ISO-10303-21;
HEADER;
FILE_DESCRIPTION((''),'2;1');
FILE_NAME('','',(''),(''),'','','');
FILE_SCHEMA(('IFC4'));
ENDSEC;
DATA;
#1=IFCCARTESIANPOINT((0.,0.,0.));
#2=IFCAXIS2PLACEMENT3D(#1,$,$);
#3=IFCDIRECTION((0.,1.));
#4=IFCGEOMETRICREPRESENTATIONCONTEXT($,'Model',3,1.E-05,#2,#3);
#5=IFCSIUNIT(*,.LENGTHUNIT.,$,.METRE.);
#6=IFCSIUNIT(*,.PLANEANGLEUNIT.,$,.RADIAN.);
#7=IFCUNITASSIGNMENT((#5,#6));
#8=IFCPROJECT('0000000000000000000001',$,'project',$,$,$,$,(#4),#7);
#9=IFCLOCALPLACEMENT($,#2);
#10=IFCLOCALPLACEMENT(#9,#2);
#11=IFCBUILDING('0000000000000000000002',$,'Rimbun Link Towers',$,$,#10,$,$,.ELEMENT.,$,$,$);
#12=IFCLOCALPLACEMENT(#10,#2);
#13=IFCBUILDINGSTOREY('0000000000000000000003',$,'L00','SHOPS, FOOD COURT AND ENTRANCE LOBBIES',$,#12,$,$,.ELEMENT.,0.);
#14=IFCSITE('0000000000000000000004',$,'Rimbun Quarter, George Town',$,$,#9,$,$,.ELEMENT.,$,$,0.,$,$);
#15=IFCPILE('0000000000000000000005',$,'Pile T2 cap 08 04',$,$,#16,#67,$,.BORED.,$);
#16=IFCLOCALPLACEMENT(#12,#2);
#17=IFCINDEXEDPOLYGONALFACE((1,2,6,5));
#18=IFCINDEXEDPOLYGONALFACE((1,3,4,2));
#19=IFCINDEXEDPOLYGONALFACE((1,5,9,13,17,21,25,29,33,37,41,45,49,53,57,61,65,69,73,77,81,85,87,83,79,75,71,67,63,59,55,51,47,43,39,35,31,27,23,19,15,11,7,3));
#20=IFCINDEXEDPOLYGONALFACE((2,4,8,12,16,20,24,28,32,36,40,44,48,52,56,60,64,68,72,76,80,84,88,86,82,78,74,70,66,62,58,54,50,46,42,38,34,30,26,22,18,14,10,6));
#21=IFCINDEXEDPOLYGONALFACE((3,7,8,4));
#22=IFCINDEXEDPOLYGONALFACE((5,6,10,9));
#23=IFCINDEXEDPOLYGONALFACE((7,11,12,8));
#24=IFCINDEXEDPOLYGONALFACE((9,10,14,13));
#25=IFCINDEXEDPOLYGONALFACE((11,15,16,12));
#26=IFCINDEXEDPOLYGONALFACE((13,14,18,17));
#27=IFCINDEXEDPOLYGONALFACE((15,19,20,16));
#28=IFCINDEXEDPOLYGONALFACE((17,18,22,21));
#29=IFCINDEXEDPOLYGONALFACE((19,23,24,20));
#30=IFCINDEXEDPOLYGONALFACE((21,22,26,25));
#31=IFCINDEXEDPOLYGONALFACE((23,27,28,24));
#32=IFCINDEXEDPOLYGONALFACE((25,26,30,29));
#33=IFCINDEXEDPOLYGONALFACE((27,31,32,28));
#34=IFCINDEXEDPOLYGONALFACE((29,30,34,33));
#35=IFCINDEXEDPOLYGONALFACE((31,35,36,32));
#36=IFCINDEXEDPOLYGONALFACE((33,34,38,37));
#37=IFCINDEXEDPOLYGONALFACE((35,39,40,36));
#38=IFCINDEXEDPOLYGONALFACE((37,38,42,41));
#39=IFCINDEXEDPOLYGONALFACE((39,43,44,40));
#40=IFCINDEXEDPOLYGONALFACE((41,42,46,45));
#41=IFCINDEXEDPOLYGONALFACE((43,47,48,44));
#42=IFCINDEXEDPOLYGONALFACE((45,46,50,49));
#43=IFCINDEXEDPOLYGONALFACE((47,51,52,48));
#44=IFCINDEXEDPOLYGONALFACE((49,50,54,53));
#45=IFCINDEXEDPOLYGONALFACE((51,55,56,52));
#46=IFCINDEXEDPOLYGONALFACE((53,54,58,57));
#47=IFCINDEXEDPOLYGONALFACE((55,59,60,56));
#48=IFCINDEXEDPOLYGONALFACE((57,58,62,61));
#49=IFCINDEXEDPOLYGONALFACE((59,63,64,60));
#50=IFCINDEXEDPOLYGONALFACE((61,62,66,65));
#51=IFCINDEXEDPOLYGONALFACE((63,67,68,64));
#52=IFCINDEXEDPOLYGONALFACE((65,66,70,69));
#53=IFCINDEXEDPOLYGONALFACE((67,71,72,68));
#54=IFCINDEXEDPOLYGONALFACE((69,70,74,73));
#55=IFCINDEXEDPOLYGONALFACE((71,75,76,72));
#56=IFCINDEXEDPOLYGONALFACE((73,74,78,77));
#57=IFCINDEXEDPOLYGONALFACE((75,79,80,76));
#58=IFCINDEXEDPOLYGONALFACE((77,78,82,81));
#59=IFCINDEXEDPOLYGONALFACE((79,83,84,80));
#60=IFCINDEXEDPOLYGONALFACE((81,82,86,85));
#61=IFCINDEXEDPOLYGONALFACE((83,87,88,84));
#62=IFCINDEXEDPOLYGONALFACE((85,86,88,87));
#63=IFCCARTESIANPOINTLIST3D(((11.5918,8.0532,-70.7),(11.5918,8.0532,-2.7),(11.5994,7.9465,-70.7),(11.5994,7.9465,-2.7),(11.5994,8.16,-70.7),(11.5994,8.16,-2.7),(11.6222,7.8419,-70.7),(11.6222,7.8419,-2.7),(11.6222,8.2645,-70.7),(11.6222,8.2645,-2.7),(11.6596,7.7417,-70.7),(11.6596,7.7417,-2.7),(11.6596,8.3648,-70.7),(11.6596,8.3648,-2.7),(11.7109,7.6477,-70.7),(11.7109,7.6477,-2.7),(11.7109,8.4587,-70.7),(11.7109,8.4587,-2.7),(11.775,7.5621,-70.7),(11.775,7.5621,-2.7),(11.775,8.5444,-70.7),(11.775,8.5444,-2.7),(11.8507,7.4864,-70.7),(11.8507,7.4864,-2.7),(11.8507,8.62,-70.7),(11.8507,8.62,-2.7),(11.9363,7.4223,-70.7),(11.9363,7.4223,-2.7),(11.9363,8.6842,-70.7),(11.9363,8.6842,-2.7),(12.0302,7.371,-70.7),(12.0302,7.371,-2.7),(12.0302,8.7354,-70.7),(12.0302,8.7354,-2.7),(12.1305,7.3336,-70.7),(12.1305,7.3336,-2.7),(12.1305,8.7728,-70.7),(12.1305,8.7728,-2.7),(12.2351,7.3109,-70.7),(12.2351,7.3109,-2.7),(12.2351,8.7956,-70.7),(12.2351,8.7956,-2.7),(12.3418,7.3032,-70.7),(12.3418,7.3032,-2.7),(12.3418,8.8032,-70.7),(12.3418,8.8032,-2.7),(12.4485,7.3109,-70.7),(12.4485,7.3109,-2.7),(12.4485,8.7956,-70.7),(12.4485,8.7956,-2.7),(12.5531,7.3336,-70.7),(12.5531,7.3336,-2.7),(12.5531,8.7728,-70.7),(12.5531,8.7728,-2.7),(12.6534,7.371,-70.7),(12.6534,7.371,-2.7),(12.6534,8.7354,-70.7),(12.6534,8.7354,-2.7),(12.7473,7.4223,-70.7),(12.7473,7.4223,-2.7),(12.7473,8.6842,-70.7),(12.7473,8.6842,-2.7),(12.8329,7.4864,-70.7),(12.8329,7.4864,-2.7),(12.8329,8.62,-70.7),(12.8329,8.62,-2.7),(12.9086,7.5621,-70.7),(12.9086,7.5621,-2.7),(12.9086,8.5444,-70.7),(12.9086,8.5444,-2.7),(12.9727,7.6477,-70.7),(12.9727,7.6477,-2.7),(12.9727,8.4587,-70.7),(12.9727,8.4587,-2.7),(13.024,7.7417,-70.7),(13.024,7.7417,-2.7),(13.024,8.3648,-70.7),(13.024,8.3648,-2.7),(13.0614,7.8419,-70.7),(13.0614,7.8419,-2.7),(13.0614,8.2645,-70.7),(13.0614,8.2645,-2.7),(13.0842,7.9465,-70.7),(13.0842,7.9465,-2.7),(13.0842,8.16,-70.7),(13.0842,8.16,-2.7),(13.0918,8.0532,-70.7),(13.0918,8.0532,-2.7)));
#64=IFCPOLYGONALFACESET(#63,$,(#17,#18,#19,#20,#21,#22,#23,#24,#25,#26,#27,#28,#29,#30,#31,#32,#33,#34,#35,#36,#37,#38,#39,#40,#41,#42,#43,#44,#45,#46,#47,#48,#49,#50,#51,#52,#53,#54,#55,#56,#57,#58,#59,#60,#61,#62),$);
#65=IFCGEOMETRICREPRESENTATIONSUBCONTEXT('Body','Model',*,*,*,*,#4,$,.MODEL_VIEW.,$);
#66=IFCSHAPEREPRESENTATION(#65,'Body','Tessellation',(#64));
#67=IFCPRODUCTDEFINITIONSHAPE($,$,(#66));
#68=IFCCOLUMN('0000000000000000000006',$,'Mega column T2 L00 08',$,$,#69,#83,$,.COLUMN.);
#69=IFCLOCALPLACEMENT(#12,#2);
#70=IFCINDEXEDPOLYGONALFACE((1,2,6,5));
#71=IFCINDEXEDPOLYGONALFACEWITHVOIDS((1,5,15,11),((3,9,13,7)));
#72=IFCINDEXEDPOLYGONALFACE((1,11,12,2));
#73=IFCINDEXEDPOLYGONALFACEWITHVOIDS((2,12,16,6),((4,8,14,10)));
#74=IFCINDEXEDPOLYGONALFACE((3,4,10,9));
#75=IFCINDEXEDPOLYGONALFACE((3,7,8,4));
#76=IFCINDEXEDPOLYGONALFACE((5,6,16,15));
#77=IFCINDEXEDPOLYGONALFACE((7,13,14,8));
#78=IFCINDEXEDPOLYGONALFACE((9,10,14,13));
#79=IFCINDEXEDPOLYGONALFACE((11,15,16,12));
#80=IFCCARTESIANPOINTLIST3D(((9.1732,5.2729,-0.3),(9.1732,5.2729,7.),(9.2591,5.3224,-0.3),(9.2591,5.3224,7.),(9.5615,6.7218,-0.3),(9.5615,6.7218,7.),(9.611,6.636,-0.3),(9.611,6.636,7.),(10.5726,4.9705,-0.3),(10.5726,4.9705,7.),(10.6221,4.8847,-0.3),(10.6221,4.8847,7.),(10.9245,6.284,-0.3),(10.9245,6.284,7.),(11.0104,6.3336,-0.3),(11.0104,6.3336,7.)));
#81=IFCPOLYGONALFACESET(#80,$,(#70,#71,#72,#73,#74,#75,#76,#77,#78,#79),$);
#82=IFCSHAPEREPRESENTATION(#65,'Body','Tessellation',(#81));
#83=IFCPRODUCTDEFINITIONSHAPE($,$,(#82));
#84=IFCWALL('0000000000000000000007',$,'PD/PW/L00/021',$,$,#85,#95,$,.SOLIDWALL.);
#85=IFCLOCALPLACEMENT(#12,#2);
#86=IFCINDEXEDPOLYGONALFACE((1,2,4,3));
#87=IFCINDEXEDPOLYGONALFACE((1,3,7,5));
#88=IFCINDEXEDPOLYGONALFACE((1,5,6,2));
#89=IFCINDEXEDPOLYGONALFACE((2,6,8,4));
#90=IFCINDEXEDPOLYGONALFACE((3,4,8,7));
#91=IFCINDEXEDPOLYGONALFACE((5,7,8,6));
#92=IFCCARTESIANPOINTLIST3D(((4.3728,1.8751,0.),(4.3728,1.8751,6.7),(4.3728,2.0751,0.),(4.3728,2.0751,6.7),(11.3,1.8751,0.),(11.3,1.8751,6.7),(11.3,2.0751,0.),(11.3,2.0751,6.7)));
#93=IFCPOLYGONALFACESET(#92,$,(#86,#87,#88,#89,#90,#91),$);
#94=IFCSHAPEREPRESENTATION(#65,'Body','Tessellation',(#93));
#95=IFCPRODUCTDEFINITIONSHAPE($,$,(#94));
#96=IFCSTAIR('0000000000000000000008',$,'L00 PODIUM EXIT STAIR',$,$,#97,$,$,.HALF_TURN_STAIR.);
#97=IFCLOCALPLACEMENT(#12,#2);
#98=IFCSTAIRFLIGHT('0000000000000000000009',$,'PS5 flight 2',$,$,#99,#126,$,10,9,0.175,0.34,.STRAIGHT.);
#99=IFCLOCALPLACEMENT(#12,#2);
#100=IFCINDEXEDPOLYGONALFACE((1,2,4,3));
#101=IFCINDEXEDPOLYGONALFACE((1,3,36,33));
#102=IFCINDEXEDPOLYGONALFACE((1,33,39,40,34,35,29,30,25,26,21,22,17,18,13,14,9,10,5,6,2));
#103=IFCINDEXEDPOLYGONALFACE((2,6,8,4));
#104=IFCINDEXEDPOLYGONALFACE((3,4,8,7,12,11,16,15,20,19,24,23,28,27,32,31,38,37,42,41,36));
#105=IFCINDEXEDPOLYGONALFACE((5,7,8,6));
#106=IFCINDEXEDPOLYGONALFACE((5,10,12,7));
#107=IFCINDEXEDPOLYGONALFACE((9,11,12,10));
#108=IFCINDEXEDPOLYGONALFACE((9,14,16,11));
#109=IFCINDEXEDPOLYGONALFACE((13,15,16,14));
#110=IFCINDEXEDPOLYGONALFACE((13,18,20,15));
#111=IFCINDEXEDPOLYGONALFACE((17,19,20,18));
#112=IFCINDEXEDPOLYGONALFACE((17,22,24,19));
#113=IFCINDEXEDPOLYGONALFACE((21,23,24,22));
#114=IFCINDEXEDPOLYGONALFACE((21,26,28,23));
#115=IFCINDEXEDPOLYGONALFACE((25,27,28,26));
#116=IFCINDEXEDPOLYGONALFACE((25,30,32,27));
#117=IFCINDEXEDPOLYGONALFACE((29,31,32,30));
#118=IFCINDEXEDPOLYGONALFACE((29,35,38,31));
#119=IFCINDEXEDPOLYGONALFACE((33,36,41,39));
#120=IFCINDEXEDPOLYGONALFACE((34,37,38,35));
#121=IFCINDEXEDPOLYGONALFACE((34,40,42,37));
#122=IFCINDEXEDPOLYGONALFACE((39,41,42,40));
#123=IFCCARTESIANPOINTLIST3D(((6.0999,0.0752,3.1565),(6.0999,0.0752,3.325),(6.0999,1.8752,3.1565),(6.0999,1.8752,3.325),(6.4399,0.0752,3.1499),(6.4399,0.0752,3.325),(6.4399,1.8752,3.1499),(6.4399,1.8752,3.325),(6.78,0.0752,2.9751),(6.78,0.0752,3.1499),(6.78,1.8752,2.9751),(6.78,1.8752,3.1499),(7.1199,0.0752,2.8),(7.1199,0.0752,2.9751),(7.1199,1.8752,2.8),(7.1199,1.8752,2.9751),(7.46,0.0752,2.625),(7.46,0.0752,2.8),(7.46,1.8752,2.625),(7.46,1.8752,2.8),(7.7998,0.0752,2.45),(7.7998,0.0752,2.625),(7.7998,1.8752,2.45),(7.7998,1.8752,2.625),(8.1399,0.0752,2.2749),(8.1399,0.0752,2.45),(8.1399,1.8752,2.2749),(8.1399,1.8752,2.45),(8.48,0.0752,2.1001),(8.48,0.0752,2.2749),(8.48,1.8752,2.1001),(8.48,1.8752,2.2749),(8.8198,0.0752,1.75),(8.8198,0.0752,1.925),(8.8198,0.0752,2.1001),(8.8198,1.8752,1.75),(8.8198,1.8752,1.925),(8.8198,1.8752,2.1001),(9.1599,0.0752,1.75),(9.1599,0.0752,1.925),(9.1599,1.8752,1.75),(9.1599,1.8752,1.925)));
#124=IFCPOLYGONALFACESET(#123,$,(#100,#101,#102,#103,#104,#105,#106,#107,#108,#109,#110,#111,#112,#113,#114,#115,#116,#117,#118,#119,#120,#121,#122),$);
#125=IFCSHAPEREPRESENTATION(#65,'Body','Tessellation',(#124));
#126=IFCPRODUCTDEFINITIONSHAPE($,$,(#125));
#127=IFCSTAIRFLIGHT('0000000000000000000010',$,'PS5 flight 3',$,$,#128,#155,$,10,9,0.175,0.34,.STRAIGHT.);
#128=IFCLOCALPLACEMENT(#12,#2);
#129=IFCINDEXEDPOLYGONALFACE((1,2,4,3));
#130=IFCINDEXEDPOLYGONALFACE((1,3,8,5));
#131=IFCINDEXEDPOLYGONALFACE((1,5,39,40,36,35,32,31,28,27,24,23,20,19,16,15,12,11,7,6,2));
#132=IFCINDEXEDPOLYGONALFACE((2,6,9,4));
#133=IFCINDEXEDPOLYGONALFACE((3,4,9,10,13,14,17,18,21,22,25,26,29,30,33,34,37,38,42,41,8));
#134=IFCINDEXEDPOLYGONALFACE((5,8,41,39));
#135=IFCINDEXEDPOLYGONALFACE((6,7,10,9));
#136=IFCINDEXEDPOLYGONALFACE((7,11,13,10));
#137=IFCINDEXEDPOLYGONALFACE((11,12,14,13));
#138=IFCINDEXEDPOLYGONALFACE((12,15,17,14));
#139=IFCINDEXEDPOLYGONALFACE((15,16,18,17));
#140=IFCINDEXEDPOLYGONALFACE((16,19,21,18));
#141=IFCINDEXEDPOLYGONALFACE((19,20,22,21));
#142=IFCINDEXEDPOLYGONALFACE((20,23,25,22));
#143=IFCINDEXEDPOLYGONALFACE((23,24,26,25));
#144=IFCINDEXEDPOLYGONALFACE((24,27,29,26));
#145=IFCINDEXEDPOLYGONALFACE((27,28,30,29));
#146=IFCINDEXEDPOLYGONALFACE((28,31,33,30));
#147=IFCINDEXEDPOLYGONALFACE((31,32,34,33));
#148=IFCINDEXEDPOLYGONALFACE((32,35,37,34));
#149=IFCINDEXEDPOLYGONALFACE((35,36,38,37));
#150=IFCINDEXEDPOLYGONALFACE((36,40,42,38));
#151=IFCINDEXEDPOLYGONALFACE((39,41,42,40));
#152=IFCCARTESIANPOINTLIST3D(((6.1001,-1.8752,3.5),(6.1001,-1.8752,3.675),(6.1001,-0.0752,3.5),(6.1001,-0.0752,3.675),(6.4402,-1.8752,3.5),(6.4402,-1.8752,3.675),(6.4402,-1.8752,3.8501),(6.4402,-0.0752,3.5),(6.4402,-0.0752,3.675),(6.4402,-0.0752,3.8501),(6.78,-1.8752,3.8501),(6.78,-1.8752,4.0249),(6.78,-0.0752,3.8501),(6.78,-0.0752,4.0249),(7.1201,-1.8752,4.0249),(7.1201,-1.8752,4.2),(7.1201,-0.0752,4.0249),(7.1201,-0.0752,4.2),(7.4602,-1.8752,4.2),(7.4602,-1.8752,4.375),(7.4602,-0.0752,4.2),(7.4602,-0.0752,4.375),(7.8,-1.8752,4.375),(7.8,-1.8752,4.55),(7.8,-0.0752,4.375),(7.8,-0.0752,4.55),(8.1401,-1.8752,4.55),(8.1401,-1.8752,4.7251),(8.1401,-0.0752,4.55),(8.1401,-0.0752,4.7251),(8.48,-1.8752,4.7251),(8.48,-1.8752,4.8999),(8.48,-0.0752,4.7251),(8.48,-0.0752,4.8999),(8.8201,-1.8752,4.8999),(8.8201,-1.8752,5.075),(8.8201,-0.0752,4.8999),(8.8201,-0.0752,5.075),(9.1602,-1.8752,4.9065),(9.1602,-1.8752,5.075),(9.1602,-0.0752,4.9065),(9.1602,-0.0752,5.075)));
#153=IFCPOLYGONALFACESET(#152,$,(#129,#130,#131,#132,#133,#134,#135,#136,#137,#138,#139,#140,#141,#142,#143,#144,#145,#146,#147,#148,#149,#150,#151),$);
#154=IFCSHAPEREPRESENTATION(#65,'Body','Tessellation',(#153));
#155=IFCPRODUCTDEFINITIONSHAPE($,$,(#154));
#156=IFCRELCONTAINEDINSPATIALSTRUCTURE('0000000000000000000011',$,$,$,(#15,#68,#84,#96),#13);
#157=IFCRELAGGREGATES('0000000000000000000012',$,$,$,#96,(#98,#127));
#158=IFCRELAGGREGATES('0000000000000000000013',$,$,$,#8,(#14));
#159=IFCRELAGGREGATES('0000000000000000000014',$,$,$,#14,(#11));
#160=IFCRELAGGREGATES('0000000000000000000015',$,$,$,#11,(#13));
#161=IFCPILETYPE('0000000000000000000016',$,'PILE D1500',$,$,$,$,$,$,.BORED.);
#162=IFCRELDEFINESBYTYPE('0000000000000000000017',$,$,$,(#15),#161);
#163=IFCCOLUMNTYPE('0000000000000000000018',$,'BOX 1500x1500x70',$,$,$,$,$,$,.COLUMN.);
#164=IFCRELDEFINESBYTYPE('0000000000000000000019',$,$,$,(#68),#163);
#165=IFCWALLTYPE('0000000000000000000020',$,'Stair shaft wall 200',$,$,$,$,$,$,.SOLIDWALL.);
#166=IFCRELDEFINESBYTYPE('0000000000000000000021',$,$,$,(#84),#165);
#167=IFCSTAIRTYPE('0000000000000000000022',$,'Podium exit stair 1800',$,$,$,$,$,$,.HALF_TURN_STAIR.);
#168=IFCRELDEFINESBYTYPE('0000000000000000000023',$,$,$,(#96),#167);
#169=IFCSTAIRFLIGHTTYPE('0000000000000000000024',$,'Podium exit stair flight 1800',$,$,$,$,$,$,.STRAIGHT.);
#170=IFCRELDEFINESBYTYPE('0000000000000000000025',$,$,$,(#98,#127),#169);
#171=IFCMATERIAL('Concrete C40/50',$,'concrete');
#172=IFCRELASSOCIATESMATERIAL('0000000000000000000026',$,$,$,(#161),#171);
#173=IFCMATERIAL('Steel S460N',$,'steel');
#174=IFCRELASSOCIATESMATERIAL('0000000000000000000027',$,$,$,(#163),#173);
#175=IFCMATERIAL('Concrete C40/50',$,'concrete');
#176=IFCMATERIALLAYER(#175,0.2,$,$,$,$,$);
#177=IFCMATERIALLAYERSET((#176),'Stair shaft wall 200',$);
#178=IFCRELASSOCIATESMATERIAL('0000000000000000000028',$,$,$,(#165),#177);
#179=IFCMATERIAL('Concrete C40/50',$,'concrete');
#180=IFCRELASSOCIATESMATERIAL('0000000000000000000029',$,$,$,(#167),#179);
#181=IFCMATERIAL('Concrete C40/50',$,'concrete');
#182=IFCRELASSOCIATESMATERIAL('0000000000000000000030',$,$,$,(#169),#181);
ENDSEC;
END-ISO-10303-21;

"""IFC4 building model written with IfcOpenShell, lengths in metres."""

from ifc_helpers import new_model, si_unit, direction, frame, frame_2d, origin, origin_2d, place, context, subcontext, project, spatial, polyline, rectangle, hollow_rectangle, circle, outline, extrude, material, layer, layer_set, material_profile, profile_set, type_object, element, aggregate, save


model = new_model("IFC4")

# Units and contexts
model_context = context("Model", 3, precision=1e-05, world=origin(), true_north=direction((0.0, 1.0)))
body_context = subcontext(model_context, "Body", "Model", "MODEL_VIEW")
ifc_project = project(units=[si_unit("LENGTHUNIT", "METRE"), si_unit("PLANEANGLEUNIT", "RADIAN")], contexts=[model_context])

# Site, building, storey
site_placement = place(None, origin())
site = spatial("IfcSite", under=ifc_project, at=site_placement, Name="Rimbun Quarter, George Town", CompositionType="ELEMENT", RefElevation=0.0)
building_placement = place(site_placement, origin())
building = spatial("IfcBuilding", under=site, at=building_placement, Name="Rimbun Link Towers", CompositionType="ELEMENT")
storey_placement = place(building_placement, origin())
storey = spatial("IfcBuildingStorey", under=building, at=storey_placement, Name="L00", Description="SHOPS, FOOD COURT AND ENTRANCE LOBBIES", CompositionType="ELEMENT", Elevation=0.0)

# Pile
ifc_material_1 = material(Name="Concrete C40/50", Category="concrete")
ifc_material_profile_1 = material_profile(ifc_material_1, circle(Radius=0.75, at=origin_2d()), Name="PILE D1500")
ifc_profile_set_1 = profile_set([ifc_material_profile_1], Name="Concrete C40/50")
pile_type = type_object("IfcPileType", Name="PILE D1500", PredefinedType="BORED", material=ifc_profile_set_1)
for number, where, z_axis, x_axis, name in (
    (1, (12.3418, 8.0532, -2.7), (0.0, 0.0, -1.0), (1.0, 0.0, 0.0), "Pile T2 cap 08 04"),
):
    element("IfcPile", number, at=place(storey_placement, frame(where, z_axis=z_axis, x_axis=x_axis)), inside=storey, type_object=pile_type, Name=name, PredefinedType="BORED", context=body_context, shape_type="SweptSolid", body=[
        extrude(circle(Radius=0.75, at=origin_2d()), origin(), (0.0, 0.0, 1.0), 68.0),
    ])

# Column
ifc_material_2 = material(Name="Steel S460N", Category="steel")
ifc_material_profile_2 = material_profile(ifc_material_2, hollow_rectangle(XDim=1.5, YDim=1.5, WallThickness=0.0701, at=origin_2d()), Name="BOX 1500x1500x70")
ifc_profile_set_2 = profile_set([ifc_material_profile_2], Name="Steel S460N")
column_type = type_object("IfcColumnType", Name="BOX 1500x1500x70", PredefinedType="COLUMN", material=ifc_profile_set_2)
column_placement = place(storey_placement, frame((10.0918, 5.8032, -0.3), z_axis=(0.0, 0.0, 1.0), x_axis=(-0.965926, 0.258819, 0.0)))
element("IfcColumn", 2, at=column_placement, inside=storey, type_object=column_type, Name="Mega column T2 L00 08", PredefinedType="COLUMN", context=body_context, shape_type="SweptSolid", body=[
    extrude(hollow_rectangle(XDim=1.5, YDim=1.5, WallThickness=0.0701, at=origin_2d()), origin(), (0.0, 0.0, 1.0), 7.3),
])

# Wall
ifc_material_3 = material(Name="Concrete C40/50", Category="concrete")
ifc_layer = layer(ifc_material_3, 0.2)
ifc_layer_set = layer_set([ifc_layer], Name="Stair shaft wall 200")
wall_type = type_object("IfcWallType", Name="Stair shaft wall 200", PredefinedType="SOLIDWALL", material=ifc_layer_set)
wall_placement = place(storey_placement, frame((11.3, 1.9751, 0.0), z_axis=(0.0, 0.0, 1.0), x_axis=(-1.0, 0.0, 0.0)))
element("IfcWall", 3, at=wall_placement, inside=storey, type_object=wall_type, Name="PD/PW/L00/021", PredefinedType="SOLIDWALL", context=body_context, shape_type="SweptSolid", body=[
    extrude(rectangle(XDim=6.9272, YDim=0.2, at=frame_2d((3.4636, 0.0))), origin(), (0.0, 0.0, 1.0), 6.7),
])

# Stair, stair flights
ifc_material_4 = material(Name="Concrete C40/50", Category="concrete")
stair_type = type_object("IfcStairType", Name="Podium exit stair 1800", PredefinedType="HALF_TURN_STAIR", material=ifc_material_4)
stair_placement = place(storey_placement, origin())
stair = element("IfcStair", 4, at=stair_placement, inside=storey, type_object=stair_type, Name="L00 PODIUM EXIT STAIR", PredefinedType="HALF_TURN_STAIR")
ifc_material_5 = material(Name="Concrete C40/50", Category="concrete")
stair_flight_type = type_object("IfcStairFlightType", Name="Podium exit stair flight 1800", PredefinedType="STRAIGHT", material=ifc_material_5)
stair_flight_1_placement = place(storey_placement, frame((9.1599, 0.9751, 1.75), z_axis=(0.0, 0.0, 1.0), x_axis=(-1.0, 0.0, 0.0)))
stair_flight_1 = element("IfcStairFlight", 5, at=stair_flight_1_placement, type_object=stair_flight_type, Name="PS5 flight 2", NumberOfRisers=10, NumberOfTreads=9, PredefinedType="STRAIGHT", RiserHeight=0.175, TreadLength=0.34, context=body_context, shape_type="SweptSolid", body=[
    extrude(outline(polyline([(0.0, 0.0), (0.0, 0.175), (0.3401, 0.175), (0.3401, 0.3501), (0.6799, 0.3501), (0.6799, 0.5249), (1.02, 0.5249), (1.02, 0.7), (1.3601, 0.7), (1.3601, 0.875), (1.7, 0.875), (1.7, 1.05), (2.04, 1.05), (2.04, 1.2251), (2.3799, 1.2251), (2.3799, 1.3999), (2.72, 1.3999), (2.72, 1.575), (3.0601, 1.575), (3.0601, 1.75), (3.0601, 1.4065), (0.3401, 0.0), (0.0, 0.0)])), frame((0.0, 0.8999, 0.0), z_axis=(0.0, -1.0, 0.0), x_axis=(1.0, 0.0, 0.0)), (0.0, 0.0, 1.0), 1.8),
])
stair_flight_2_placement = place(storey_placement, frame((6.1001, -0.9751, 3.5), z_axis=(0.0, 0.0, 1.0), x_axis=(1.0, 0.0, 0.0)))
stair_flight_2 = element("IfcStairFlight", 6, at=stair_flight_2_placement, type_object=stair_flight_type, Name="PS5 flight 3", NumberOfRisers=10, NumberOfTreads=9, PredefinedType="STRAIGHT", RiserHeight=0.175, TreadLength=0.34, context=body_context, shape_type="SweptSolid", body=[
    extrude(outline(polyline([(0.0, 0.0), (0.0, 0.175), (0.3401, 0.175), (0.3401, 0.3501), (0.6799, 0.3501), (0.6799, 0.5249), (1.02, 0.5249), (1.02, 0.7), (1.3601, 0.7), (1.3601, 0.875), (1.7, 0.875), (1.7, 1.05), (2.04, 1.05), (2.04, 1.2251), (2.3799, 1.2251), (2.3799, 1.3999), (2.72, 1.3999), (2.72, 1.575), (3.0601, 1.575), (3.0601, 1.75), (3.0601, 1.4065), (0.3401, 0.0), (0.0, 0.0)])), frame((0.0, 0.8999, 0.0), z_axis=(0.0, -1.0, 0.0), x_axis=(1.0, 0.0, 0.0)), (0.0, 0.0, 1.0), 1.8),
])
aggregate(stair, [stair_flight_1, stair_flight_2])

save(model, "model.ifc")
